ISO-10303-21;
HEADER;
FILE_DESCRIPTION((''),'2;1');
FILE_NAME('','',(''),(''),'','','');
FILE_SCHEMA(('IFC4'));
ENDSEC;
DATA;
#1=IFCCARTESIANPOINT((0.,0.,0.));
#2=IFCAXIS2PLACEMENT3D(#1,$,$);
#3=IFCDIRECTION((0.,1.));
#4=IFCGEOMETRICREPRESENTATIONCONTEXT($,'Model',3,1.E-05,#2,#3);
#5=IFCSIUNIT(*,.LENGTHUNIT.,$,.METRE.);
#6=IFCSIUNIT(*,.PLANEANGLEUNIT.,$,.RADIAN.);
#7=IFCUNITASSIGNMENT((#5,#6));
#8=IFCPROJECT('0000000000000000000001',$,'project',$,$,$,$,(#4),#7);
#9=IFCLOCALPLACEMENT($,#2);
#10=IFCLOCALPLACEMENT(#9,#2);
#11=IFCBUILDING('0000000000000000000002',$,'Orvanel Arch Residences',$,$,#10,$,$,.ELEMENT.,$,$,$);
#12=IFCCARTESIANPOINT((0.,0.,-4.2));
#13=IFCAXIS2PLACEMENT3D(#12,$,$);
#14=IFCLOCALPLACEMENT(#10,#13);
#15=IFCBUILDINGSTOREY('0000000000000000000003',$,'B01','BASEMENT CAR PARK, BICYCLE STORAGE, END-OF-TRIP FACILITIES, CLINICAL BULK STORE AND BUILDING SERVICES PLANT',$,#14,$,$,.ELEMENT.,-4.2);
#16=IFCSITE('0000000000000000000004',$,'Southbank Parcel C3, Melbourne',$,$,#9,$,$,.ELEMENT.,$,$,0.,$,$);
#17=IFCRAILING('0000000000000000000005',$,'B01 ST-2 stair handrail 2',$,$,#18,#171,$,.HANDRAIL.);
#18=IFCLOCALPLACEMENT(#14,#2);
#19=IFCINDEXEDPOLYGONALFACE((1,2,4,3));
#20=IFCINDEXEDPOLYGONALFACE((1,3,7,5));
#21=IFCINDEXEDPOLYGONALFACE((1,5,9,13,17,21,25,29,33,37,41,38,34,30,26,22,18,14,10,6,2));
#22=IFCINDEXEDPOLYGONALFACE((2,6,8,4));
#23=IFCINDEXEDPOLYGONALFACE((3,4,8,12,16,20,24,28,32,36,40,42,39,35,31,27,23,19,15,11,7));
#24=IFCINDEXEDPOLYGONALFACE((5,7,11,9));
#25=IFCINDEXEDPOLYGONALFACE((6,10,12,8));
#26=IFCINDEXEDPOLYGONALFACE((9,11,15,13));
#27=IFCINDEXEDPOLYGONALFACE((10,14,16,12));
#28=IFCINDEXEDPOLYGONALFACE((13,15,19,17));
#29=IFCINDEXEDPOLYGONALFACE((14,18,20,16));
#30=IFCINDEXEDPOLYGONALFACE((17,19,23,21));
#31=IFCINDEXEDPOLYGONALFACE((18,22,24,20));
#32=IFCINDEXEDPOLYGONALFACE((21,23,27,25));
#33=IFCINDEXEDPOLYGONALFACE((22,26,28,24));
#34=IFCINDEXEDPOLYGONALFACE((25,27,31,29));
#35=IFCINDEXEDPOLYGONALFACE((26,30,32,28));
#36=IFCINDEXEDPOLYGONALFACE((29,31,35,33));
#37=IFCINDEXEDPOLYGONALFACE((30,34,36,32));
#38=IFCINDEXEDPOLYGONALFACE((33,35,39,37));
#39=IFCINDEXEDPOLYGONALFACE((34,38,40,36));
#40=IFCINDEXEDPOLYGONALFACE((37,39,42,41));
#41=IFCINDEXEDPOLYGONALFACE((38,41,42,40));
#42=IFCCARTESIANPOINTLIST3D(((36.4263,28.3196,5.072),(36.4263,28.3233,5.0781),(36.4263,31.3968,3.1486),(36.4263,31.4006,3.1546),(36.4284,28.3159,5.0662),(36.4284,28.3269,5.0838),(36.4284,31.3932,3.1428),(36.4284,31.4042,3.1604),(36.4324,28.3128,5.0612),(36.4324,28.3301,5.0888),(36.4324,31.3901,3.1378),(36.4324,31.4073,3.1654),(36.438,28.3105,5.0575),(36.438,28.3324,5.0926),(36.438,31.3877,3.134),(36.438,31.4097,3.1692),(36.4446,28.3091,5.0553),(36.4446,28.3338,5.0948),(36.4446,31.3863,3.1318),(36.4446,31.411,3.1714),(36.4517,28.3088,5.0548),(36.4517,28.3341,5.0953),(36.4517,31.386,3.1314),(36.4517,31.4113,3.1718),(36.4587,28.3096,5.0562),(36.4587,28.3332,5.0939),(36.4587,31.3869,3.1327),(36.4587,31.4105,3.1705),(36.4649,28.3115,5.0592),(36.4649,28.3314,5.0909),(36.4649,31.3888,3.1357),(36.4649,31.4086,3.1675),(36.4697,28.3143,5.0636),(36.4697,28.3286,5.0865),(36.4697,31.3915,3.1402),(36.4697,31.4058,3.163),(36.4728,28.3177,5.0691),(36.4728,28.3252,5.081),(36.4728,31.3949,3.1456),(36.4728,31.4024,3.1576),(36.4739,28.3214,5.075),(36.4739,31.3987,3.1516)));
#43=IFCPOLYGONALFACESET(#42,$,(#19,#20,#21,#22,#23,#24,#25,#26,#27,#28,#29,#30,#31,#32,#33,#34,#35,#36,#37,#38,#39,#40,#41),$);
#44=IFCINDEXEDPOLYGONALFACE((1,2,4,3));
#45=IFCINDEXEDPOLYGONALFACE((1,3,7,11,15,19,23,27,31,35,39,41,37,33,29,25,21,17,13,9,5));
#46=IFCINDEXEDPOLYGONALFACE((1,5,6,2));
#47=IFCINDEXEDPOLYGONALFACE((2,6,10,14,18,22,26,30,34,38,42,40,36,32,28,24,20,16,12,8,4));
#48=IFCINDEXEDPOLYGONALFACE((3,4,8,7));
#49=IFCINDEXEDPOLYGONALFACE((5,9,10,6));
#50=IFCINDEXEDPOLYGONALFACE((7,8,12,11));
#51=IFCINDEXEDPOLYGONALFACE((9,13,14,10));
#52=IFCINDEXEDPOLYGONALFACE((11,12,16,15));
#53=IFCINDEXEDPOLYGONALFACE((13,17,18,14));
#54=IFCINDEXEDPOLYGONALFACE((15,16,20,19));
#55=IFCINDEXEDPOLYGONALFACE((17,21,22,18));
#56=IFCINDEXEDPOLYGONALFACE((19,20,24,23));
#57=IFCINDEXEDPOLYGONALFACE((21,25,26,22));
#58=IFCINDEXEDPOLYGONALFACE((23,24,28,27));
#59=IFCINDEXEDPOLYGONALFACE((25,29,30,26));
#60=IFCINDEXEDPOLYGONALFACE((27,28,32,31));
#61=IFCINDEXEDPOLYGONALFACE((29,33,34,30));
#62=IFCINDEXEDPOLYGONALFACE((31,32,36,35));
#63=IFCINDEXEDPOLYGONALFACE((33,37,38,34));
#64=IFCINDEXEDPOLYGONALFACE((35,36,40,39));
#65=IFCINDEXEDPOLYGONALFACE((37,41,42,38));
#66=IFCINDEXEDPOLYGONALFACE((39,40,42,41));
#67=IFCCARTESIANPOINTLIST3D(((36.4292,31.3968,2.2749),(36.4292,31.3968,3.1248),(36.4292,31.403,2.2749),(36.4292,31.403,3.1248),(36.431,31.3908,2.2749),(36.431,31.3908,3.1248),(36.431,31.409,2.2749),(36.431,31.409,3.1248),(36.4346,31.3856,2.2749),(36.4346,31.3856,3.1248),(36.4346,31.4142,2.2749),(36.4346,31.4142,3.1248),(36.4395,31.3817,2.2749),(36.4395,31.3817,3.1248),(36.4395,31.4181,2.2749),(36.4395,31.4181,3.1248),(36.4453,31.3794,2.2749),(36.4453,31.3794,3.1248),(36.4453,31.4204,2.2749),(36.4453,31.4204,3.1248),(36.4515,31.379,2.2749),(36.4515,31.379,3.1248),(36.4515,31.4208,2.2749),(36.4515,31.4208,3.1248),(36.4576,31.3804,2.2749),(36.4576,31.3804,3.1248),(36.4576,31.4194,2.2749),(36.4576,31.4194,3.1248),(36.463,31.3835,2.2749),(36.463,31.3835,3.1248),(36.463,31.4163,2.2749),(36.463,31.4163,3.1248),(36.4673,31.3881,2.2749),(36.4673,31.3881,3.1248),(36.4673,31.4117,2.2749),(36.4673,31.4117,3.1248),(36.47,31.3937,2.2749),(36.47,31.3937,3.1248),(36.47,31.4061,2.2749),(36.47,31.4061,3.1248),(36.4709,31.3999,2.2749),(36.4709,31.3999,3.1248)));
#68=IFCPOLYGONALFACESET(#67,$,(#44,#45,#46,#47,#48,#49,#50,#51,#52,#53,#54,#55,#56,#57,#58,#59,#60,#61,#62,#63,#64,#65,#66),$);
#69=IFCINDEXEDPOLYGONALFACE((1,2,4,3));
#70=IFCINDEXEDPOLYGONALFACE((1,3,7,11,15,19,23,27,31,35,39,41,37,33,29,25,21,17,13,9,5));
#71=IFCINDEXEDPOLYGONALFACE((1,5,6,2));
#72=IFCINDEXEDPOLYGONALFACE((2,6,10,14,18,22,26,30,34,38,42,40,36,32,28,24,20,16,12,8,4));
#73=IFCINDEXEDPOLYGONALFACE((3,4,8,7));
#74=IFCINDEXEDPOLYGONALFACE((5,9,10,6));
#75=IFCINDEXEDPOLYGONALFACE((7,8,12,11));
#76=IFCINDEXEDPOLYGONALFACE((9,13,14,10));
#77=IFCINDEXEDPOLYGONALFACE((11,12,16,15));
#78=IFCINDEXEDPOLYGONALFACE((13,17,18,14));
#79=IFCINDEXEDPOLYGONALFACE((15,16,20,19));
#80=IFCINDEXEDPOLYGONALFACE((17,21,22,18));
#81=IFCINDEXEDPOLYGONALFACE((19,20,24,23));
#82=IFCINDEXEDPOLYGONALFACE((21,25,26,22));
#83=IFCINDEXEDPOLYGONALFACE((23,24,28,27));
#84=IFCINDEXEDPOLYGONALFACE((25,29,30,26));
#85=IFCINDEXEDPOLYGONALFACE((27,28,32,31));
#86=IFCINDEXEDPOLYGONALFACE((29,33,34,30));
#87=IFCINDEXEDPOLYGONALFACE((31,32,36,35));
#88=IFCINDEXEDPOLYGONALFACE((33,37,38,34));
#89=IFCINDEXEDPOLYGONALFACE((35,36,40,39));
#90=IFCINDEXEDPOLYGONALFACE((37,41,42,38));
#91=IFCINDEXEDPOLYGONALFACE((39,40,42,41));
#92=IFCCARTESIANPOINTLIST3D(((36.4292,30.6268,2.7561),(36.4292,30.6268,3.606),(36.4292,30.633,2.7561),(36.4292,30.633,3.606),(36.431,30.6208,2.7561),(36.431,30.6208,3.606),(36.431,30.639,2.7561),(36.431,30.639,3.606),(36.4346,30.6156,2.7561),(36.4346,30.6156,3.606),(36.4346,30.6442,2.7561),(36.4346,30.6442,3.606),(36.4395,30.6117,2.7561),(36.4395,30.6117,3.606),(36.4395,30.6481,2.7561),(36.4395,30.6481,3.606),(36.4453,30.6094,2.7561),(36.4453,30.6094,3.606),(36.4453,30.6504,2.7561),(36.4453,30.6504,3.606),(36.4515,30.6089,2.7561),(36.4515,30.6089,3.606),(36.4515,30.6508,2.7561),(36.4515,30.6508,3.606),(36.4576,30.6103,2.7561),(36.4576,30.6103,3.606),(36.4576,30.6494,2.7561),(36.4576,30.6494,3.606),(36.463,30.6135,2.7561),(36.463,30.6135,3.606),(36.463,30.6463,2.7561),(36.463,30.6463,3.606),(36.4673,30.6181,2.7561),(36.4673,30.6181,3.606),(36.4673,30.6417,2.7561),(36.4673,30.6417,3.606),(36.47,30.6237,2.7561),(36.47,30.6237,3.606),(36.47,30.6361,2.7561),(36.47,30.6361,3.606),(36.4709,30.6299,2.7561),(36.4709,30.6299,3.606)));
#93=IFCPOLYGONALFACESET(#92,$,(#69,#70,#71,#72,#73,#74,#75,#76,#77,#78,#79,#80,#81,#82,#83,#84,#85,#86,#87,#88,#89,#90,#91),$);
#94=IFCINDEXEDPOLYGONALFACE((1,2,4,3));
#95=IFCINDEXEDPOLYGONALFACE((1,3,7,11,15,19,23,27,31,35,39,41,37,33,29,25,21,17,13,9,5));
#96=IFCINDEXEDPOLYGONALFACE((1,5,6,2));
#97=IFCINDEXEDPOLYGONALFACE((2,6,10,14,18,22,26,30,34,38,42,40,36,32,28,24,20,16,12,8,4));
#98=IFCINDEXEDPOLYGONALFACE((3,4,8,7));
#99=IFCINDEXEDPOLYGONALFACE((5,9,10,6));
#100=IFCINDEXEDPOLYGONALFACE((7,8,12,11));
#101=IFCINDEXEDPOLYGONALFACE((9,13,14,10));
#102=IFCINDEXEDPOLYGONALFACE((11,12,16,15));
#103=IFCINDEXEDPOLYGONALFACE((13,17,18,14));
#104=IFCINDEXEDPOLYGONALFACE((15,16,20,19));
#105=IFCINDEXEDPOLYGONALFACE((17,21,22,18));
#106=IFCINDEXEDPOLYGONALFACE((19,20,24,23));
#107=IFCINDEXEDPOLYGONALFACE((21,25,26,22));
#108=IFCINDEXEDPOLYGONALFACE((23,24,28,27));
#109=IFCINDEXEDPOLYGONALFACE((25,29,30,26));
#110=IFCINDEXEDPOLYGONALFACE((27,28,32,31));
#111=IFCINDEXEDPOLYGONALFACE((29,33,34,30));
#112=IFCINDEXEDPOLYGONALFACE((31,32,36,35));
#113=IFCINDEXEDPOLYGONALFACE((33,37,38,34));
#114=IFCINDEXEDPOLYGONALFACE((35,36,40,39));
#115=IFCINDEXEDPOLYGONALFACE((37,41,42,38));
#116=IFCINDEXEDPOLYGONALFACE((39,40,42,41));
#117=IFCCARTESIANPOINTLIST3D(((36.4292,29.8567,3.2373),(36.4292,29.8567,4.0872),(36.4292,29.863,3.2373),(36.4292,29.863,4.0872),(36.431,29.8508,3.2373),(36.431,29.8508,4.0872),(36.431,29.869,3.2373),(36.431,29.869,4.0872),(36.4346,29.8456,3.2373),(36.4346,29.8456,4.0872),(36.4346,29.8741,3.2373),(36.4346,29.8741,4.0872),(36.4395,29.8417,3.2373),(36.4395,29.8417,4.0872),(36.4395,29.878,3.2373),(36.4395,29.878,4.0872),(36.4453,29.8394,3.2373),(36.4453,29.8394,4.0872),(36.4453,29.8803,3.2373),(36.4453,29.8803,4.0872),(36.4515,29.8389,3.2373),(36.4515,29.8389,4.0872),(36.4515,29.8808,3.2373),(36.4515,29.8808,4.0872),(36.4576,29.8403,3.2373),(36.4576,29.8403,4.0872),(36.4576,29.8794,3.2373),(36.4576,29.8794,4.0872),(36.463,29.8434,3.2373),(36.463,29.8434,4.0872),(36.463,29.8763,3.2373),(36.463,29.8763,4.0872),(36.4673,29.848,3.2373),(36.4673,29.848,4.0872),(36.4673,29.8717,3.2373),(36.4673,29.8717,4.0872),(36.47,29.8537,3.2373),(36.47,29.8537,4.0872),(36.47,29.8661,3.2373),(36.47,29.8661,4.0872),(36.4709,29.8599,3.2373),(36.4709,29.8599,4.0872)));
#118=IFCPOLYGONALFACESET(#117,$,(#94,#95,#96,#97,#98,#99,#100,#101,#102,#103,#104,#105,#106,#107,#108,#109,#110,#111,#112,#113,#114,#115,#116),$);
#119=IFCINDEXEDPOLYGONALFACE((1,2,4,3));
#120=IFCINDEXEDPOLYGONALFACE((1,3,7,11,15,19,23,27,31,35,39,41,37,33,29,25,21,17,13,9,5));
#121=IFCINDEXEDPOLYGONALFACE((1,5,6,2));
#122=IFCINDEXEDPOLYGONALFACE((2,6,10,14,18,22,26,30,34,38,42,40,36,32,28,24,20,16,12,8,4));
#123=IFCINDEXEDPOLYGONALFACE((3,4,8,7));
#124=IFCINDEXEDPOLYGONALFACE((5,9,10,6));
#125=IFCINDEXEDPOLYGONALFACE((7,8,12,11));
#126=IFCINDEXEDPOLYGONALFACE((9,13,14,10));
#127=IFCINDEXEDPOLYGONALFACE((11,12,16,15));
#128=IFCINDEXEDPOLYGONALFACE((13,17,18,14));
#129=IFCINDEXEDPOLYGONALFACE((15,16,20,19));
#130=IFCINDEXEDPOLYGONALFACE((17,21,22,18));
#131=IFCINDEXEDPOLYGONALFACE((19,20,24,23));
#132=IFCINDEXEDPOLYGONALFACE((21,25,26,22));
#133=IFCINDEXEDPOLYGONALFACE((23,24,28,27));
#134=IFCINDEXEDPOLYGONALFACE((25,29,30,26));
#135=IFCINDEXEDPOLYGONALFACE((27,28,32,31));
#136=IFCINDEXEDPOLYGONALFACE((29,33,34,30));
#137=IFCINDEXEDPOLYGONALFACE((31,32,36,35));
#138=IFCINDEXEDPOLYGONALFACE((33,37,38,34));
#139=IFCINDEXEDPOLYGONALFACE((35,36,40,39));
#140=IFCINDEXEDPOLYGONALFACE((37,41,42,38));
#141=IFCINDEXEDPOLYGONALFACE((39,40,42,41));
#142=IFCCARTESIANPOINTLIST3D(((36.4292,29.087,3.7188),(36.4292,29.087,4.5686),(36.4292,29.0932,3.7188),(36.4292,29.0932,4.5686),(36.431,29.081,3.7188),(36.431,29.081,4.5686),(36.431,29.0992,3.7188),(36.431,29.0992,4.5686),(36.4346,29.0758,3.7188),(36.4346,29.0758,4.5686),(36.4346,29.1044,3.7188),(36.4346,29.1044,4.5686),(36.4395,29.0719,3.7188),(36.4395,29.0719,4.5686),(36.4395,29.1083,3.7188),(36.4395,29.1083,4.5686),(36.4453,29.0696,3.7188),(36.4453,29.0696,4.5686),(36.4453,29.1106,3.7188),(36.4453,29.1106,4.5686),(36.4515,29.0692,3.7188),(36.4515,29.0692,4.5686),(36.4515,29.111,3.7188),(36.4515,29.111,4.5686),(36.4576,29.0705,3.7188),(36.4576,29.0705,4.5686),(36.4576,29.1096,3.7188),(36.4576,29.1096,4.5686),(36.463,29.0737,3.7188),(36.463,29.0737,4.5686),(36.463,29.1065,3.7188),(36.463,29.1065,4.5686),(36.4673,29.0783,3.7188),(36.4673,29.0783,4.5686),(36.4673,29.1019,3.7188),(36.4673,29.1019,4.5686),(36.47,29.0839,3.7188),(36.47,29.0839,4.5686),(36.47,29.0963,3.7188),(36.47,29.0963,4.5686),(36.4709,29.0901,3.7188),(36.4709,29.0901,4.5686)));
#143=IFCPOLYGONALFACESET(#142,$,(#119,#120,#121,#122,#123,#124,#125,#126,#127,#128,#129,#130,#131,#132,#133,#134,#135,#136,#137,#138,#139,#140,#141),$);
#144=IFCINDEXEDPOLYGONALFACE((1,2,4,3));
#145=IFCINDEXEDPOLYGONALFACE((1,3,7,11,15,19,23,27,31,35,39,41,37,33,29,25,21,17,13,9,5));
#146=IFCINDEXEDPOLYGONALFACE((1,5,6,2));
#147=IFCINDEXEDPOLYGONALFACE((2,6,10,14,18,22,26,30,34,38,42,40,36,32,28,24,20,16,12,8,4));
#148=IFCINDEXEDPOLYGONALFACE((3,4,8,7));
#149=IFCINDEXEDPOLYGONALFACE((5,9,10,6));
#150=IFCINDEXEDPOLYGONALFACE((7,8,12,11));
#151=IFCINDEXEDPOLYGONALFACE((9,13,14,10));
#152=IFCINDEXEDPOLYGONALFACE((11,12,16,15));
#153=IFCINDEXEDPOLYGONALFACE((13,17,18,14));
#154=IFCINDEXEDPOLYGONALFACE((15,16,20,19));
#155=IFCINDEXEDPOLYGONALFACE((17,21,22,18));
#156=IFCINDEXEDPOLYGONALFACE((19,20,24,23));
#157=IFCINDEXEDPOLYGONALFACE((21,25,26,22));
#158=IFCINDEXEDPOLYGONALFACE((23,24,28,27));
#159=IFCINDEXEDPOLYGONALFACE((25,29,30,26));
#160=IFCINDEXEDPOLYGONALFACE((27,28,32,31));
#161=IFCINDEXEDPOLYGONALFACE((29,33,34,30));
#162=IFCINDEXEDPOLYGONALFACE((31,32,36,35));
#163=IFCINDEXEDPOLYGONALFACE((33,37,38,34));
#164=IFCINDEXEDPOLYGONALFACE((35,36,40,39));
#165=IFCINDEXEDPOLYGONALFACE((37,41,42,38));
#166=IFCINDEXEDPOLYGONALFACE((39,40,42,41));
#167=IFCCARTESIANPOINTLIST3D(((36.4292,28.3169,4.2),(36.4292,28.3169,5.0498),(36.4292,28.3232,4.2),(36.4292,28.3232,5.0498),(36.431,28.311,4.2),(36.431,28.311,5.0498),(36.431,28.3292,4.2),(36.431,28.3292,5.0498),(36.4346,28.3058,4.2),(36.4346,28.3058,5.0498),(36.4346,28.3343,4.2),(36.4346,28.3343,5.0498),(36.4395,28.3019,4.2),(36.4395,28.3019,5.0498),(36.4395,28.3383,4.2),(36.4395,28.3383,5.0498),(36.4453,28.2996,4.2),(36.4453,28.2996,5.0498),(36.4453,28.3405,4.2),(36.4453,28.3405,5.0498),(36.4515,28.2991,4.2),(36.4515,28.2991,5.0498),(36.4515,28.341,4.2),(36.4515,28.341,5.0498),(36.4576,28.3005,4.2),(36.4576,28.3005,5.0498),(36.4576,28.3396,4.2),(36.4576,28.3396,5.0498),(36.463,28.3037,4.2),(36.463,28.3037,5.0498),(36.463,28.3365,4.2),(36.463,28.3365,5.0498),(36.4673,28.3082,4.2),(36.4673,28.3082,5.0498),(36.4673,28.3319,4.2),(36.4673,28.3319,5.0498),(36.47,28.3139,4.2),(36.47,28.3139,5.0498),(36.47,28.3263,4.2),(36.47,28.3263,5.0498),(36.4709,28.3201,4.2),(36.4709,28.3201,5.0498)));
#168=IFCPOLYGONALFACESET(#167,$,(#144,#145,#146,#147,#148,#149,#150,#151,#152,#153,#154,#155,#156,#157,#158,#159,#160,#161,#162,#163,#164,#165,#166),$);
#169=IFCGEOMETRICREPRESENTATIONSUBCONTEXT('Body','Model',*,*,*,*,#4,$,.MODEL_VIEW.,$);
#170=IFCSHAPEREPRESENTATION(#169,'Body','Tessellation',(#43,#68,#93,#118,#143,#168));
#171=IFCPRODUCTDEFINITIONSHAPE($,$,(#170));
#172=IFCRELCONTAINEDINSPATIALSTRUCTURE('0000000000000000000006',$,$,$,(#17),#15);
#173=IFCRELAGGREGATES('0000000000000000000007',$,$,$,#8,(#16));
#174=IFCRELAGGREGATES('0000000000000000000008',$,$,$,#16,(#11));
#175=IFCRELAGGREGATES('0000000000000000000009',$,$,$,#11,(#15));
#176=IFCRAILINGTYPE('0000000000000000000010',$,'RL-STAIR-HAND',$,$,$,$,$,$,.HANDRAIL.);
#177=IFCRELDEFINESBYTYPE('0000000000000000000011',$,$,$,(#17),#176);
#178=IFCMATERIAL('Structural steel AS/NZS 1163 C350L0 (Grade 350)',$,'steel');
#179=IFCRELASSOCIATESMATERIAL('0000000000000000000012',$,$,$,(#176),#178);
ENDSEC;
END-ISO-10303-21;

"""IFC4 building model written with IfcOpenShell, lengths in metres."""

from ifc_helpers import new_model, si_unit, direction, frame, origin, origin_2d, place, context, subcontext, project, spatial, circle, extrude, material, type_object, element, save


model = new_model("IFC4")

# Units and contexts
model_context = context("Model", 3, precision=1e-05, world=origin(), true_north=direction((0.0, 1.0)))
body_context = subcontext(model_context, "Body", "Model", "MODEL_VIEW")
ifc_project = project(units=[si_unit("LENGTHUNIT", "METRE"), si_unit("PLANEANGLEUNIT", "RADIAN")], contexts=[model_context])

# Site, building, storey
site_placement = place(None, origin())
site = spatial("IfcSite", under=ifc_project, at=site_placement, Name="Southbank Parcel C3, Melbourne", CompositionType="ELEMENT", RefElevation=0.0)
building_placement = place(site_placement, origin())
building = spatial("IfcBuilding", under=site, at=building_placement, Name="Orvanel Arch Residences", CompositionType="ELEMENT")
storey_placement = place(building_placement, frame((0.0, 0.0, -4.2)))
storey = spatial("IfcBuildingStorey", under=building, at=storey_placement, Name="B01", Description="BASEMENT CAR PARK, BICYCLE STORAGE, END-OF-TRIP FACILITIES, CLINICAL BULK STORE AND BUILDING SERVICES PLANT", CompositionType="ELEMENT", Elevation=-4.2)

# Shared definitions
ifc_material_1 = material(Name="Structural steel AS/NZS 1163 C350L0 (Grade 350)", Category="steel")

# Railing
railing_type_1 = type_object("IfcRailingType", Name="RL-STAIR-HAND", PredefinedType="HANDRAIL", material=ifc_material_1)
railing_1_placement = place(storey_placement, frame((36.45, 31.3999, 2.2749)))
element("IfcRailing", 1, at=railing_1_placement, inside=storey, type_object=railing_type_1, Name="B01 ST-2 stair handrail 2", PredefinedType="HANDRAIL", context=body_context, shape_type="SweptSolid", body=[
    extrude(circle(Radius=0.0239, at=origin_2d()), frame((0.0, -0.0012, 0.8767), z_axis=(0.0, -0.847979, 0.530029), x_axis=(1.0, 0.0, 0.0)), (0.0, 0.0, 1.0), 3.6289),
    extrude(circle(Radius=0.021, at=origin_2d()), origin(), (0.0, 0.0, 1.0), 0.8499),
    extrude(circle(Radius=0.021, at=origin_2d()), frame((0.0, -0.77, 0.4812)), (0.0, 0.0, 1.0), 0.8499),
    extrude(circle(Radius=0.021, at=origin_2d()), frame((0.0, -1.54, 0.9624)), (0.0, 0.0, 1.0), 0.8499),
    extrude(circle(Radius=0.021, at=origin_2d()), frame((0.0, -2.3098, 1.4438)), (0.0, 0.0, 1.0), 0.8499),
    extrude(circle(Radius=0.021, at=origin_2d()), frame((0.0, -3.0798, 1.925)), (0.0, 0.0, 1.0), 0.8499),
])

save(model, "model.ifc")
